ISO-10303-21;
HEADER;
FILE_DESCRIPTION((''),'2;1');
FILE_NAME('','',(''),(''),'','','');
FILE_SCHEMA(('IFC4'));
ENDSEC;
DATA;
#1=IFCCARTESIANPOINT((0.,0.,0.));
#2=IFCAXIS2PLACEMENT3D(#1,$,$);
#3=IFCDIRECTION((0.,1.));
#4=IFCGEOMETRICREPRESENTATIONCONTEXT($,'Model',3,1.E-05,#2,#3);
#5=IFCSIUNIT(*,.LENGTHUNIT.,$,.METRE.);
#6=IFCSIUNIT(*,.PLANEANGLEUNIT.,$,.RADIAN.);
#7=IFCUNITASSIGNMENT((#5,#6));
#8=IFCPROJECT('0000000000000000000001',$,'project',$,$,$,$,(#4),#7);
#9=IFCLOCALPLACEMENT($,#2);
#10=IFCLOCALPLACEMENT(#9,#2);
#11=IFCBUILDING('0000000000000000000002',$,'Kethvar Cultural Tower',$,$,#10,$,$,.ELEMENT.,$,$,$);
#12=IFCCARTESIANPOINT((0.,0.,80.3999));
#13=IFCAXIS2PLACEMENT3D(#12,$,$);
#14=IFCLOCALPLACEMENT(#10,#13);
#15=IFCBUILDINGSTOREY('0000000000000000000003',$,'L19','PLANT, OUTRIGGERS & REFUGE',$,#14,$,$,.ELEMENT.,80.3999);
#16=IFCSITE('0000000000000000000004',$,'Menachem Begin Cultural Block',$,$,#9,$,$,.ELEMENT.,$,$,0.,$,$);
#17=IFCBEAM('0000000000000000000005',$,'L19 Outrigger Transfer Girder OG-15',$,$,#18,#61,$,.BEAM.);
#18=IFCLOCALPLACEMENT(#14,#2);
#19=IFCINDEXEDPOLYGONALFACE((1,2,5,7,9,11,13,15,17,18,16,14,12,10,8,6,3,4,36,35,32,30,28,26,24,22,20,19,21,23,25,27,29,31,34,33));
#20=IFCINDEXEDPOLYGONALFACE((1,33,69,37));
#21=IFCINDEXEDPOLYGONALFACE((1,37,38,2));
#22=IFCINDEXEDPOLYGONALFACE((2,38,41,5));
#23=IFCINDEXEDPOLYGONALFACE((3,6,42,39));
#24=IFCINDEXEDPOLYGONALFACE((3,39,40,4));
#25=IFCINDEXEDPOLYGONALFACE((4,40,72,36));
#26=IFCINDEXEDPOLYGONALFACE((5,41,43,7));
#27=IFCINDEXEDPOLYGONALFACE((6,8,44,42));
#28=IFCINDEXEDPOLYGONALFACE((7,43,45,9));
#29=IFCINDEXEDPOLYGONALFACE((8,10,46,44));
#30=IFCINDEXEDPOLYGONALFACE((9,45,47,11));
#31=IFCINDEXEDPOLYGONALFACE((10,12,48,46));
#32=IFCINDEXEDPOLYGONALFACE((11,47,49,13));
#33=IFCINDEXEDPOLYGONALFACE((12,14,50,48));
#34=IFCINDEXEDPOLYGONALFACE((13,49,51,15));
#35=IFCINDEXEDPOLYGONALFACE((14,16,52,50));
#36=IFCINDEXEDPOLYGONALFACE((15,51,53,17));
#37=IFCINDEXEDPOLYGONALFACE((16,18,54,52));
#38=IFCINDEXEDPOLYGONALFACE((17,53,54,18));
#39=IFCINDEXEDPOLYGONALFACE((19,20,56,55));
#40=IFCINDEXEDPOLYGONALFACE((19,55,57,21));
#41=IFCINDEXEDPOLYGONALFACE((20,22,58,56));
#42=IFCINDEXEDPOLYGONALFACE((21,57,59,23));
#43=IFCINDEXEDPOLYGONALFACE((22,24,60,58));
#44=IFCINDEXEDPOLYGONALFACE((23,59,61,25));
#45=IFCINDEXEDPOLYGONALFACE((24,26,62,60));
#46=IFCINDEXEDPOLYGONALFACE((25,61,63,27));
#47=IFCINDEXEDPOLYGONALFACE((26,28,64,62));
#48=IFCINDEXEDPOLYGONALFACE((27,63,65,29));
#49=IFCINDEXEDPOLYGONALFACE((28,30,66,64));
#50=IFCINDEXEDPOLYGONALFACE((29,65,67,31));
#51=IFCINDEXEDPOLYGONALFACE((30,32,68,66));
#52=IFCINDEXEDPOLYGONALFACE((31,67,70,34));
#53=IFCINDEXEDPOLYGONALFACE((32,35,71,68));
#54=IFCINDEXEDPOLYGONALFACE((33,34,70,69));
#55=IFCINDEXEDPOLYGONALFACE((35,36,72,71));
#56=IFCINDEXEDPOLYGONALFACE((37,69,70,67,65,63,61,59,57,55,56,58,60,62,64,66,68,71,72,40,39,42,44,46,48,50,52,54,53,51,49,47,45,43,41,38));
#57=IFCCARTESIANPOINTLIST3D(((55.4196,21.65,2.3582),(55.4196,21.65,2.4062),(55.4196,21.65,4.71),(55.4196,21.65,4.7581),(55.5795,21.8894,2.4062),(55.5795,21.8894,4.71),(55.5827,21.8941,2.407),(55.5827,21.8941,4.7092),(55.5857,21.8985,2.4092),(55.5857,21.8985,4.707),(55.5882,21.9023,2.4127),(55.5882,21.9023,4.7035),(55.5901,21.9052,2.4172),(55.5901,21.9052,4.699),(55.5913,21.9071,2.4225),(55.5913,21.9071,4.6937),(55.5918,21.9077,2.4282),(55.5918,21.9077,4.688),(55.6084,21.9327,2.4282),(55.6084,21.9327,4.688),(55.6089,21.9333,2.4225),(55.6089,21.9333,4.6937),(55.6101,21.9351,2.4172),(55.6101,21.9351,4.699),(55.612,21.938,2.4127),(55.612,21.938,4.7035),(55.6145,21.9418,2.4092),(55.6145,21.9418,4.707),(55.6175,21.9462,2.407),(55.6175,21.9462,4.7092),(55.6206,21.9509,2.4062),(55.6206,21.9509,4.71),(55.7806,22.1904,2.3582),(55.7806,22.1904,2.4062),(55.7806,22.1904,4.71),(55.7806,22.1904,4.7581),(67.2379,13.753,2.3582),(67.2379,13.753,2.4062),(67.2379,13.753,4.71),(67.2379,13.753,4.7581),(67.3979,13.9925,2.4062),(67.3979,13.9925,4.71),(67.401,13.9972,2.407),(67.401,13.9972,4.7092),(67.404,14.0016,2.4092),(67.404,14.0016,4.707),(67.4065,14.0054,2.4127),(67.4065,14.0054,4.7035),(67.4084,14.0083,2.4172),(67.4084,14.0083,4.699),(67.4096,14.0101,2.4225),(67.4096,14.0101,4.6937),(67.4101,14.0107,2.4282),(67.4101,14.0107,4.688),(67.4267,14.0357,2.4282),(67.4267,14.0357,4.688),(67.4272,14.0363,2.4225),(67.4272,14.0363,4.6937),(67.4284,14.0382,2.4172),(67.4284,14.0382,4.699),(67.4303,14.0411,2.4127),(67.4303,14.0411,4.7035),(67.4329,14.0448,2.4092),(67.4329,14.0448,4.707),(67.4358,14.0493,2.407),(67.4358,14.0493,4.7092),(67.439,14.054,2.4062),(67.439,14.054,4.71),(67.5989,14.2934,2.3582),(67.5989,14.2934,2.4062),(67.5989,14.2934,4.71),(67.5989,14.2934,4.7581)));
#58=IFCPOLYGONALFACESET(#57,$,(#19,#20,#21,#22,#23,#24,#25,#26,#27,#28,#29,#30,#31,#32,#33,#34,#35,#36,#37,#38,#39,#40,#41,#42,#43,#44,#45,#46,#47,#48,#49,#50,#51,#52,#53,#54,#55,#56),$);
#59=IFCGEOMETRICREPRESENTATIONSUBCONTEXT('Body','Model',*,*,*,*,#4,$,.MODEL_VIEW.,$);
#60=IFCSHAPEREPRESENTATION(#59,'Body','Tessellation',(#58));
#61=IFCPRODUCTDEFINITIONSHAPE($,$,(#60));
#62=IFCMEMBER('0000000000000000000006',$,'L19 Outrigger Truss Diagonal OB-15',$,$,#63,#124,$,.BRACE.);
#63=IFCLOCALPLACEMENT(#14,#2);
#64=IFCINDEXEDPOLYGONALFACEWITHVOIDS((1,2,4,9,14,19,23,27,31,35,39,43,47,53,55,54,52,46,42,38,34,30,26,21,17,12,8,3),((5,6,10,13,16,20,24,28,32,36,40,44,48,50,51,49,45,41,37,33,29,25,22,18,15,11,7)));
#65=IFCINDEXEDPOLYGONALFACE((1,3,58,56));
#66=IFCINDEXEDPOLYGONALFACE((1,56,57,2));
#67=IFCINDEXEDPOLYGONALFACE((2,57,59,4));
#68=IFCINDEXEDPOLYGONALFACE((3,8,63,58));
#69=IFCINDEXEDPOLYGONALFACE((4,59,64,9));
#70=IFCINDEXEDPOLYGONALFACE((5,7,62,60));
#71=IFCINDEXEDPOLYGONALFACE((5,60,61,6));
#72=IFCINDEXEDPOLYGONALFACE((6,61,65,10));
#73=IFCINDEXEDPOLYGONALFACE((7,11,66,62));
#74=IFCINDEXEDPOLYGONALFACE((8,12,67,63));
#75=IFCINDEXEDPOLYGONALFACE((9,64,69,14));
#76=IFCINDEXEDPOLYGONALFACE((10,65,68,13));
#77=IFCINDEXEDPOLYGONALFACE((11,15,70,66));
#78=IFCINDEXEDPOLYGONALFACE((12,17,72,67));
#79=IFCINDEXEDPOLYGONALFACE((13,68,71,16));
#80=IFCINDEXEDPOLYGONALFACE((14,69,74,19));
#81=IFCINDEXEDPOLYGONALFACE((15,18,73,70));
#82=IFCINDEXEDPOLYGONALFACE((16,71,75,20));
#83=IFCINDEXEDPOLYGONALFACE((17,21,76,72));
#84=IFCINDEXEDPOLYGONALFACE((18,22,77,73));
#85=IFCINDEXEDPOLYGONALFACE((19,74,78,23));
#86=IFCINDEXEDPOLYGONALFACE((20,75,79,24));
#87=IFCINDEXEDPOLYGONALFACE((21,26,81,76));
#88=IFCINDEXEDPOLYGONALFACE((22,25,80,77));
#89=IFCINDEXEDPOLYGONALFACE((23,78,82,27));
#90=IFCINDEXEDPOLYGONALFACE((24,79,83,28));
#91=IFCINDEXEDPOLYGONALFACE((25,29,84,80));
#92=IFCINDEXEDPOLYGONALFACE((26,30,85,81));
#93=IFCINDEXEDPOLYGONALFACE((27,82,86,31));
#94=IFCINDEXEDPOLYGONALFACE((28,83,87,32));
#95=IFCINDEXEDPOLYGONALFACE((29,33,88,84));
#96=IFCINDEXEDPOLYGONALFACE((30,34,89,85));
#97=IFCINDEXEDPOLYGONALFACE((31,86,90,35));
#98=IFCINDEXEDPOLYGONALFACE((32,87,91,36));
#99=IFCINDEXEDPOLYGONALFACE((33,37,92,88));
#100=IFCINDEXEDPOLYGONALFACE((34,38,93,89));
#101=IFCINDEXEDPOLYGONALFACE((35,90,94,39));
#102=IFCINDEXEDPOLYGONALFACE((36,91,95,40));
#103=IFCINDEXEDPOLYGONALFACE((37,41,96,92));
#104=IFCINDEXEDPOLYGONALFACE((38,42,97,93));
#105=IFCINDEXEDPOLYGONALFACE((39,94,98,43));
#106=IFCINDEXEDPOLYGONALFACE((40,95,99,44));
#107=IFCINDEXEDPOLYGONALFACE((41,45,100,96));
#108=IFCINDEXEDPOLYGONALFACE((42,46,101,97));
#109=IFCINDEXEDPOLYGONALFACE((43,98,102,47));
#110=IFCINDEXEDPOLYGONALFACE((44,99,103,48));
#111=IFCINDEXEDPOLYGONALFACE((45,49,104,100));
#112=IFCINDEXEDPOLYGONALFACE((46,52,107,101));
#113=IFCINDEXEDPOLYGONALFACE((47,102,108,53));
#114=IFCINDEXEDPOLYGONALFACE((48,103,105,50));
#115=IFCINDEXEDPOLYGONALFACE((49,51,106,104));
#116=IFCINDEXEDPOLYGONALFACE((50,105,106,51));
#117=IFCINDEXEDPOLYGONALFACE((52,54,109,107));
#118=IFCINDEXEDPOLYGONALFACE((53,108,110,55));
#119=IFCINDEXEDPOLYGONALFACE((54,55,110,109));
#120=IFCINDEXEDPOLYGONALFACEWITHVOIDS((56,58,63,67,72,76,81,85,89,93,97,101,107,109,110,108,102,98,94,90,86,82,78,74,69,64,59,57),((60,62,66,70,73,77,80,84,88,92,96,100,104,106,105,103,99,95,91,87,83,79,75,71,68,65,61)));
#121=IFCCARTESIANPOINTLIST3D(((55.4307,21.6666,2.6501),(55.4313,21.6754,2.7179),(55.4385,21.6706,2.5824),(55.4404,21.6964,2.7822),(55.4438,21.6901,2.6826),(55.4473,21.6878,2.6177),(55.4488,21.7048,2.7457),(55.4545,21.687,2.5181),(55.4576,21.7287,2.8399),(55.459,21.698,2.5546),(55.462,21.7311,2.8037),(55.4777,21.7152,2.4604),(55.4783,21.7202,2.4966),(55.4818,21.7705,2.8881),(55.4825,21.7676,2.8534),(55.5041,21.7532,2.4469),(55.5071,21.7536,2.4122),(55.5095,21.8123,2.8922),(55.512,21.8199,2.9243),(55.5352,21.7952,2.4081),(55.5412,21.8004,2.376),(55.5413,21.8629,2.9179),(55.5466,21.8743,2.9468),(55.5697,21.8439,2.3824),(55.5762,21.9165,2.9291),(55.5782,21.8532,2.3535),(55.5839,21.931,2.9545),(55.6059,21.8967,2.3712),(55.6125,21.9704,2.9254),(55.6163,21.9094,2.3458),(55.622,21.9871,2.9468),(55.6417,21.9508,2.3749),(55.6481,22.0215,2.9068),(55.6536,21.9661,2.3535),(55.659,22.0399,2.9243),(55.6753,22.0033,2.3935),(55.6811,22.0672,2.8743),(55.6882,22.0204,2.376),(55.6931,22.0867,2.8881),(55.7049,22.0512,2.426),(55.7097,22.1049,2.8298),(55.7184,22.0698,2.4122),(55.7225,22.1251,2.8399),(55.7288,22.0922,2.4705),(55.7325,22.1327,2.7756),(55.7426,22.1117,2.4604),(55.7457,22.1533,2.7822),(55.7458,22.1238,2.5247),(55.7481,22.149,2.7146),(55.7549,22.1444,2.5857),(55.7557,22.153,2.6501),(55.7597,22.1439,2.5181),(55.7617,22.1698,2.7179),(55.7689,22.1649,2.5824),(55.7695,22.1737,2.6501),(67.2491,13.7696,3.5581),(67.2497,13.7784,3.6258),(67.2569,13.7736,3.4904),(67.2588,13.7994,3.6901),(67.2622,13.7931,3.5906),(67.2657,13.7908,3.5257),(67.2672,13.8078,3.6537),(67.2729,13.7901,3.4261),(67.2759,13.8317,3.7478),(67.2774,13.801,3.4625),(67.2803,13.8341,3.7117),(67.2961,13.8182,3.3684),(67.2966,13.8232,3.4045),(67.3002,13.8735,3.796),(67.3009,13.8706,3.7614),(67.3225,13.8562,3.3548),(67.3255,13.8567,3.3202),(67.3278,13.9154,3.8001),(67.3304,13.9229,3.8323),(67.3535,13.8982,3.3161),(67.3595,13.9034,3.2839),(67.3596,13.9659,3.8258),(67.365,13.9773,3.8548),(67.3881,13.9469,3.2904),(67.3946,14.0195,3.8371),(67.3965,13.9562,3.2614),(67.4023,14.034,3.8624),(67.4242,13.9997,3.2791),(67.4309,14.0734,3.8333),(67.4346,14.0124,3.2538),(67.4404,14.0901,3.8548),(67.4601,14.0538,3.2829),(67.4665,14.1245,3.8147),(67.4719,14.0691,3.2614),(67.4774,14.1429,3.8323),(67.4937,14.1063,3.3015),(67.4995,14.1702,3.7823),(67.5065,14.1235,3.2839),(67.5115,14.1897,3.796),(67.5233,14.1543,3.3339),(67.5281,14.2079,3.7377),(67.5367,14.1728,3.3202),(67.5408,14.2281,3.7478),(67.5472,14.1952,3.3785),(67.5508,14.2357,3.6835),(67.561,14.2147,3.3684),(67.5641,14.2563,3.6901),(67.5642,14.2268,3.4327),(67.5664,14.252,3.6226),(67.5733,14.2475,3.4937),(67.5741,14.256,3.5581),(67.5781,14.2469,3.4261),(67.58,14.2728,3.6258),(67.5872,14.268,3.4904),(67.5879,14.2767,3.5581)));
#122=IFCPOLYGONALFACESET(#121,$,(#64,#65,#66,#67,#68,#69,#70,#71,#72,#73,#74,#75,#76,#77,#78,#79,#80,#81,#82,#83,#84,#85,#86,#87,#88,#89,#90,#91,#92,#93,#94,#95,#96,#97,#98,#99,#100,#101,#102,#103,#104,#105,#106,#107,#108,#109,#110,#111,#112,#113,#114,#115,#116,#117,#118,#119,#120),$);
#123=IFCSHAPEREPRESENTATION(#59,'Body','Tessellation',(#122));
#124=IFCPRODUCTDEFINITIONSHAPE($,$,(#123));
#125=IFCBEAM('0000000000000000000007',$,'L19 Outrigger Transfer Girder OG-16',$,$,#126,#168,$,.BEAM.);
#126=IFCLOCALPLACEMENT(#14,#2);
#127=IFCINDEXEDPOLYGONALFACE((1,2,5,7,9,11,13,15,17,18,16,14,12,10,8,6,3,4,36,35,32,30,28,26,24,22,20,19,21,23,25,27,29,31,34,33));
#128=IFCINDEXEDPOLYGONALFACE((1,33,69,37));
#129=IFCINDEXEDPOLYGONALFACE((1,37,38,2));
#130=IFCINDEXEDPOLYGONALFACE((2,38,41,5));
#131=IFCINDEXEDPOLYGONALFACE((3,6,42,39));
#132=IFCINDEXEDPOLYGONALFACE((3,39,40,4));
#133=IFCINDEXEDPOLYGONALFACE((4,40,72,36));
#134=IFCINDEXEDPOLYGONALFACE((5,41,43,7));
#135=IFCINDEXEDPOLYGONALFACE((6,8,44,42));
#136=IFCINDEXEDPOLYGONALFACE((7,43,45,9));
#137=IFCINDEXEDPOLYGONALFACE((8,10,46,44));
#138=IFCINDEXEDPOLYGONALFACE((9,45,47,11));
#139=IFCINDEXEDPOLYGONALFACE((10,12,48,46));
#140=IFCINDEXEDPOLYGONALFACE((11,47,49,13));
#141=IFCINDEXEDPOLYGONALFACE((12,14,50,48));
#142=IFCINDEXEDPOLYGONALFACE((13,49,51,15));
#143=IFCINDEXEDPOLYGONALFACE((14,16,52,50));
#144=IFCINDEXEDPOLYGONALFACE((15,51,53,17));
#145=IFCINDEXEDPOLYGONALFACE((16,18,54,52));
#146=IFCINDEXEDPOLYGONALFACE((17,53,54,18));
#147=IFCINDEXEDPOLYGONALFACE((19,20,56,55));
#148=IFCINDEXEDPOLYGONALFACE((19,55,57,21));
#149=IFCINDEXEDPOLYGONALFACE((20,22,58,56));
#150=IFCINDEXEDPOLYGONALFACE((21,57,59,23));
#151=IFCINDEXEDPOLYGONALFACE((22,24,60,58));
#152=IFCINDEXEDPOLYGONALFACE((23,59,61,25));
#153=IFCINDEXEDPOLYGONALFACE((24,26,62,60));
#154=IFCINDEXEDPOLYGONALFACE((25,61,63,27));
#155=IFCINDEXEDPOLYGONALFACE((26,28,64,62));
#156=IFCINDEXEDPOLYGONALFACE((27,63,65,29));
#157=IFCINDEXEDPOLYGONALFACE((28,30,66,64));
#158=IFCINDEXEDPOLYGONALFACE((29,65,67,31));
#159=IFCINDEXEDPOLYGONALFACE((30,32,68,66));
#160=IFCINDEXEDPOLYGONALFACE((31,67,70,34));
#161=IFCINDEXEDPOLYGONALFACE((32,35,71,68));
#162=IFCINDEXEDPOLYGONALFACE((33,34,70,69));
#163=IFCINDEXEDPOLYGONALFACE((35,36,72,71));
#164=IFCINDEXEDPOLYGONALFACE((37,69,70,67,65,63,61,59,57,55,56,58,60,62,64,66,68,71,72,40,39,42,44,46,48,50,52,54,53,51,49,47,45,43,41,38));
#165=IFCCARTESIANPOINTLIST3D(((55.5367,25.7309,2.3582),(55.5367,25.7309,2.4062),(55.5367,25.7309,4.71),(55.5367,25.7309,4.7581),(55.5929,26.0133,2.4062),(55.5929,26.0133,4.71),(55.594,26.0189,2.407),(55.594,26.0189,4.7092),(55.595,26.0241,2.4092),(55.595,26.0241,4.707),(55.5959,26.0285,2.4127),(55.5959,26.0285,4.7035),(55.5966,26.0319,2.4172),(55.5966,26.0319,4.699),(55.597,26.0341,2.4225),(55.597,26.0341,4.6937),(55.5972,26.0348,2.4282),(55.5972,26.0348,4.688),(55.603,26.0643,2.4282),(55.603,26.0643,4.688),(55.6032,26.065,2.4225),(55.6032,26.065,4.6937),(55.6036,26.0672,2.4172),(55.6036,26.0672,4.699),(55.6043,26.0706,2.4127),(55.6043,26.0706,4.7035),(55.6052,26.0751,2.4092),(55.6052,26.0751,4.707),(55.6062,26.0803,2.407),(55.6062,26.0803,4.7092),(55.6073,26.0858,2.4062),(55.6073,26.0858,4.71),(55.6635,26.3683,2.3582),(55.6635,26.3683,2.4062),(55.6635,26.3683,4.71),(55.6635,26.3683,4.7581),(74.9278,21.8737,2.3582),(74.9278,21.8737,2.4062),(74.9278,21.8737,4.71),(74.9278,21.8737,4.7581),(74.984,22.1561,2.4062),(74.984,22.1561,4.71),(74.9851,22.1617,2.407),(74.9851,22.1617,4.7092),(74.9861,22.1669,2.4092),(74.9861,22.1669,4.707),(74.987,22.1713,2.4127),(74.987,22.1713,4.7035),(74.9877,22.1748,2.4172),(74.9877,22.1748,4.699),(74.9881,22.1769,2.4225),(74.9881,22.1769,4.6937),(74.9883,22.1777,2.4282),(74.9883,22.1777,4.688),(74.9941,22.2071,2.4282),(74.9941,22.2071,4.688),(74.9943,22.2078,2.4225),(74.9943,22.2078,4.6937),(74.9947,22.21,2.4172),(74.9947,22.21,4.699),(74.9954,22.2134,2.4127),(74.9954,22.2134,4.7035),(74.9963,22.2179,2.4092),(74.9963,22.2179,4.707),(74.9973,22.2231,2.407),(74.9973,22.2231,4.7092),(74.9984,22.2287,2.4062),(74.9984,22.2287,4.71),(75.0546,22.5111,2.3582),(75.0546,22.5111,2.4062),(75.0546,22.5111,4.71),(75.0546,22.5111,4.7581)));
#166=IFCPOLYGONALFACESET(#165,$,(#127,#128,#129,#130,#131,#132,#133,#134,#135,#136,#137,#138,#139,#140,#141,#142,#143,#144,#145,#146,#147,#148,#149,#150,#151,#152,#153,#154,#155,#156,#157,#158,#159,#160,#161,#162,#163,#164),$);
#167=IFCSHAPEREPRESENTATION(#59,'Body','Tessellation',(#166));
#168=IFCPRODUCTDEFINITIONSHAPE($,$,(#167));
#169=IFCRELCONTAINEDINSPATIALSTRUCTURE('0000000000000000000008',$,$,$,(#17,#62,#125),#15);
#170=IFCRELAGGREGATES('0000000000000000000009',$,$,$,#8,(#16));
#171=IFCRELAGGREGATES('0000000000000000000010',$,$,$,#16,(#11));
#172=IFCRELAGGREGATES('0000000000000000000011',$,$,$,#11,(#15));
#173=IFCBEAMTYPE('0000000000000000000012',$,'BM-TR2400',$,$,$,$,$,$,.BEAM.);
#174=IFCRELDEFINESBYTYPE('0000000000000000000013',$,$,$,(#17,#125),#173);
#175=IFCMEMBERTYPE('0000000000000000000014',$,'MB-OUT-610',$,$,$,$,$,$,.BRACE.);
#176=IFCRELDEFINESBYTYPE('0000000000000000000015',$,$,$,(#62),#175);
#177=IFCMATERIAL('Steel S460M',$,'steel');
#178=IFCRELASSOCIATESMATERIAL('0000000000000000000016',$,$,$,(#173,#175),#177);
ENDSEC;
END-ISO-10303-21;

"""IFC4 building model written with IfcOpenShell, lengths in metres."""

from ifc_helpers import new_model, si_unit, direction, frame, origin, origin_2d, place, context, subcontext, project, spatial, hollow_circle, i_section, extrude, source, transform, mapped, material, material_profile, profile_set, type_object, element, save


model = new_model("IFC4")

# Units and contexts
model_context = context("Model", 3, precision=1e-05, world=origin(), true_north=direction((0.0, 1.0)))
body_context = subcontext(model_context, "Body", "Model", "MODEL_VIEW")
ifc_project = project(units=[si_unit("LENGTHUNIT", "METRE"), si_unit("PLANEANGLEUNIT", "RADIAN")], contexts=[model_context])

# Site, building, storey
site_placement = place(None, origin())
site = spatial("IfcSite", under=ifc_project, at=site_placement, Name="Menachem Begin Cultural Block", CompositionType="ELEMENT", RefElevation=0.0)
building_placement = place(site_placement, origin())
building = spatial("IfcBuilding", under=site, at=building_placement, Name="Kethvar Cultural Tower", CompositionType="ELEMENT")
storey_placement = place(building_placement, frame((0.0, 0.0, 80.3999)))
storey = spatial("IfcBuildingStorey", under=building, at=storey_placement, Name="L19", Description="PLANT, OUTRIGGERS & REFUGE", CompositionType="ELEMENT", Elevation=80.3999)

# Beam
ifc_material_1 = material(Name="Steel S460M", Category="steel")
ifc_material_profile_1 = material_profile(ifc_material_1, i_section(OverallWidth=0.6499, OverallDepth=2.3999, WebThickness=0.03, FlangeThickness=0.0481, FilletRadius=0.022, at=origin_2d()), Name="Steel S460M — PG2400x650x48x30")
ifc_profile_set_1 = profile_set([ifc_material_profile_1], Name="Steel S460M — PG2400x650x48x30")
beam_type = type_object("IfcBeamType", Name="BM-TR2400", PredefinedType="BEAM", material=ifc_profile_set_1)
shared_shape_1 = source(origin(), body_context, "Body", "SweptSolid", [
    extrude(i_section(OverallWidth=0.6499, OverallDepth=2.3999, WebThickness=0.03, FlangeThickness=0.0481, FilletRadius=0.022, at=origin_2d()), origin(), (0.0, 0.0, 1.0), 14.2139),
])
beam_1_placement = place(storey_placement, frame((55.6001, 21.9202, 3.5581), z_axis=(0.831463, -0.55558, 0.0), x_axis=(0.55558, 0.831463, 0.0)))
element("IfcBeam", 1, at=beam_1_placement, inside=storey, type_object=beam_type, Name="L19 Outrigger Transfer Girder OG-15", PredefinedType="BEAM", context=body_context, shape_type="MappedRepresentation", body=[
    mapped(shared_shape_1, transform((0.0, 0.0, 0.0), scale=1.0)),
])

# Member
ifc_material_profile_2 = material_profile(ifc_material_1, hollow_circle(Radius=0.3049, WallThickness=0.0249, at=origin_2d()), Name="Steel S460M — CHS610x25")
ifc_profile_set_2 = profile_set([ifc_material_profile_2], Name="Steel S460M — CHS610x25")
member_type = type_object("IfcMemberType", Name="MB-OUT-610", PredefinedType="BRACE", material=ifc_profile_set_2)
shared_shape_2 = source(origin(), body_context, "Body", "SweptSolid", [
    extrude(hollow_circle(Radius=0.3049, WallThickness=0.0249, at=origin_2d()), origin(), (0.0, 0.0, 1.0), 14.2429),
])
member_1_placement = place(storey_placement, frame((55.6001, 21.9202, 2.6501), z_axis=(0.829772, -0.55445, 0.063748), x_axis=(0.55558, 0.831463, 0.0)))
element("IfcMember", 2, at=member_1_placement, inside=storey, type_object=member_type, Name="L19 Outrigger Truss Diagonal OB-15", PredefinedType="BRACE", context=body_context, shape_type="MappedRepresentation", body=[
    mapped(shared_shape_2, transform((0.0, 0.0, 0.0), scale=1.0)),
])

# Beam
shared_shape_3 = source(origin(), body_context, "Body", "SweptSolid", [
    extrude(i_section(OverallWidth=0.6499, OverallDepth=2.3999, WebThickness=0.03, FlangeThickness=0.0481, FilletRadius=0.022, at=origin_2d()), origin(), (0.0, 0.0, 1.0), 19.771),
])
beam_2_placement = place(storey_placement, frame((55.6001, 26.0496, 3.5581), z_axis=(0.980785, -0.195093, 0.0), x_axis=(0.195093, 0.980785, 0.0)))
element("IfcBeam", 3, at=beam_2_placement, inside=storey, type_object=beam_type, Name="L19 Outrigger Transfer Girder OG-16", PredefinedType="BEAM", context=body_context, shape_type="MappedRepresentation", body=[
    mapped(shared_shape_3, transform((0.0, 0.0, 0.0), scale=1.0)),
])

save(model, "model.ifc")
